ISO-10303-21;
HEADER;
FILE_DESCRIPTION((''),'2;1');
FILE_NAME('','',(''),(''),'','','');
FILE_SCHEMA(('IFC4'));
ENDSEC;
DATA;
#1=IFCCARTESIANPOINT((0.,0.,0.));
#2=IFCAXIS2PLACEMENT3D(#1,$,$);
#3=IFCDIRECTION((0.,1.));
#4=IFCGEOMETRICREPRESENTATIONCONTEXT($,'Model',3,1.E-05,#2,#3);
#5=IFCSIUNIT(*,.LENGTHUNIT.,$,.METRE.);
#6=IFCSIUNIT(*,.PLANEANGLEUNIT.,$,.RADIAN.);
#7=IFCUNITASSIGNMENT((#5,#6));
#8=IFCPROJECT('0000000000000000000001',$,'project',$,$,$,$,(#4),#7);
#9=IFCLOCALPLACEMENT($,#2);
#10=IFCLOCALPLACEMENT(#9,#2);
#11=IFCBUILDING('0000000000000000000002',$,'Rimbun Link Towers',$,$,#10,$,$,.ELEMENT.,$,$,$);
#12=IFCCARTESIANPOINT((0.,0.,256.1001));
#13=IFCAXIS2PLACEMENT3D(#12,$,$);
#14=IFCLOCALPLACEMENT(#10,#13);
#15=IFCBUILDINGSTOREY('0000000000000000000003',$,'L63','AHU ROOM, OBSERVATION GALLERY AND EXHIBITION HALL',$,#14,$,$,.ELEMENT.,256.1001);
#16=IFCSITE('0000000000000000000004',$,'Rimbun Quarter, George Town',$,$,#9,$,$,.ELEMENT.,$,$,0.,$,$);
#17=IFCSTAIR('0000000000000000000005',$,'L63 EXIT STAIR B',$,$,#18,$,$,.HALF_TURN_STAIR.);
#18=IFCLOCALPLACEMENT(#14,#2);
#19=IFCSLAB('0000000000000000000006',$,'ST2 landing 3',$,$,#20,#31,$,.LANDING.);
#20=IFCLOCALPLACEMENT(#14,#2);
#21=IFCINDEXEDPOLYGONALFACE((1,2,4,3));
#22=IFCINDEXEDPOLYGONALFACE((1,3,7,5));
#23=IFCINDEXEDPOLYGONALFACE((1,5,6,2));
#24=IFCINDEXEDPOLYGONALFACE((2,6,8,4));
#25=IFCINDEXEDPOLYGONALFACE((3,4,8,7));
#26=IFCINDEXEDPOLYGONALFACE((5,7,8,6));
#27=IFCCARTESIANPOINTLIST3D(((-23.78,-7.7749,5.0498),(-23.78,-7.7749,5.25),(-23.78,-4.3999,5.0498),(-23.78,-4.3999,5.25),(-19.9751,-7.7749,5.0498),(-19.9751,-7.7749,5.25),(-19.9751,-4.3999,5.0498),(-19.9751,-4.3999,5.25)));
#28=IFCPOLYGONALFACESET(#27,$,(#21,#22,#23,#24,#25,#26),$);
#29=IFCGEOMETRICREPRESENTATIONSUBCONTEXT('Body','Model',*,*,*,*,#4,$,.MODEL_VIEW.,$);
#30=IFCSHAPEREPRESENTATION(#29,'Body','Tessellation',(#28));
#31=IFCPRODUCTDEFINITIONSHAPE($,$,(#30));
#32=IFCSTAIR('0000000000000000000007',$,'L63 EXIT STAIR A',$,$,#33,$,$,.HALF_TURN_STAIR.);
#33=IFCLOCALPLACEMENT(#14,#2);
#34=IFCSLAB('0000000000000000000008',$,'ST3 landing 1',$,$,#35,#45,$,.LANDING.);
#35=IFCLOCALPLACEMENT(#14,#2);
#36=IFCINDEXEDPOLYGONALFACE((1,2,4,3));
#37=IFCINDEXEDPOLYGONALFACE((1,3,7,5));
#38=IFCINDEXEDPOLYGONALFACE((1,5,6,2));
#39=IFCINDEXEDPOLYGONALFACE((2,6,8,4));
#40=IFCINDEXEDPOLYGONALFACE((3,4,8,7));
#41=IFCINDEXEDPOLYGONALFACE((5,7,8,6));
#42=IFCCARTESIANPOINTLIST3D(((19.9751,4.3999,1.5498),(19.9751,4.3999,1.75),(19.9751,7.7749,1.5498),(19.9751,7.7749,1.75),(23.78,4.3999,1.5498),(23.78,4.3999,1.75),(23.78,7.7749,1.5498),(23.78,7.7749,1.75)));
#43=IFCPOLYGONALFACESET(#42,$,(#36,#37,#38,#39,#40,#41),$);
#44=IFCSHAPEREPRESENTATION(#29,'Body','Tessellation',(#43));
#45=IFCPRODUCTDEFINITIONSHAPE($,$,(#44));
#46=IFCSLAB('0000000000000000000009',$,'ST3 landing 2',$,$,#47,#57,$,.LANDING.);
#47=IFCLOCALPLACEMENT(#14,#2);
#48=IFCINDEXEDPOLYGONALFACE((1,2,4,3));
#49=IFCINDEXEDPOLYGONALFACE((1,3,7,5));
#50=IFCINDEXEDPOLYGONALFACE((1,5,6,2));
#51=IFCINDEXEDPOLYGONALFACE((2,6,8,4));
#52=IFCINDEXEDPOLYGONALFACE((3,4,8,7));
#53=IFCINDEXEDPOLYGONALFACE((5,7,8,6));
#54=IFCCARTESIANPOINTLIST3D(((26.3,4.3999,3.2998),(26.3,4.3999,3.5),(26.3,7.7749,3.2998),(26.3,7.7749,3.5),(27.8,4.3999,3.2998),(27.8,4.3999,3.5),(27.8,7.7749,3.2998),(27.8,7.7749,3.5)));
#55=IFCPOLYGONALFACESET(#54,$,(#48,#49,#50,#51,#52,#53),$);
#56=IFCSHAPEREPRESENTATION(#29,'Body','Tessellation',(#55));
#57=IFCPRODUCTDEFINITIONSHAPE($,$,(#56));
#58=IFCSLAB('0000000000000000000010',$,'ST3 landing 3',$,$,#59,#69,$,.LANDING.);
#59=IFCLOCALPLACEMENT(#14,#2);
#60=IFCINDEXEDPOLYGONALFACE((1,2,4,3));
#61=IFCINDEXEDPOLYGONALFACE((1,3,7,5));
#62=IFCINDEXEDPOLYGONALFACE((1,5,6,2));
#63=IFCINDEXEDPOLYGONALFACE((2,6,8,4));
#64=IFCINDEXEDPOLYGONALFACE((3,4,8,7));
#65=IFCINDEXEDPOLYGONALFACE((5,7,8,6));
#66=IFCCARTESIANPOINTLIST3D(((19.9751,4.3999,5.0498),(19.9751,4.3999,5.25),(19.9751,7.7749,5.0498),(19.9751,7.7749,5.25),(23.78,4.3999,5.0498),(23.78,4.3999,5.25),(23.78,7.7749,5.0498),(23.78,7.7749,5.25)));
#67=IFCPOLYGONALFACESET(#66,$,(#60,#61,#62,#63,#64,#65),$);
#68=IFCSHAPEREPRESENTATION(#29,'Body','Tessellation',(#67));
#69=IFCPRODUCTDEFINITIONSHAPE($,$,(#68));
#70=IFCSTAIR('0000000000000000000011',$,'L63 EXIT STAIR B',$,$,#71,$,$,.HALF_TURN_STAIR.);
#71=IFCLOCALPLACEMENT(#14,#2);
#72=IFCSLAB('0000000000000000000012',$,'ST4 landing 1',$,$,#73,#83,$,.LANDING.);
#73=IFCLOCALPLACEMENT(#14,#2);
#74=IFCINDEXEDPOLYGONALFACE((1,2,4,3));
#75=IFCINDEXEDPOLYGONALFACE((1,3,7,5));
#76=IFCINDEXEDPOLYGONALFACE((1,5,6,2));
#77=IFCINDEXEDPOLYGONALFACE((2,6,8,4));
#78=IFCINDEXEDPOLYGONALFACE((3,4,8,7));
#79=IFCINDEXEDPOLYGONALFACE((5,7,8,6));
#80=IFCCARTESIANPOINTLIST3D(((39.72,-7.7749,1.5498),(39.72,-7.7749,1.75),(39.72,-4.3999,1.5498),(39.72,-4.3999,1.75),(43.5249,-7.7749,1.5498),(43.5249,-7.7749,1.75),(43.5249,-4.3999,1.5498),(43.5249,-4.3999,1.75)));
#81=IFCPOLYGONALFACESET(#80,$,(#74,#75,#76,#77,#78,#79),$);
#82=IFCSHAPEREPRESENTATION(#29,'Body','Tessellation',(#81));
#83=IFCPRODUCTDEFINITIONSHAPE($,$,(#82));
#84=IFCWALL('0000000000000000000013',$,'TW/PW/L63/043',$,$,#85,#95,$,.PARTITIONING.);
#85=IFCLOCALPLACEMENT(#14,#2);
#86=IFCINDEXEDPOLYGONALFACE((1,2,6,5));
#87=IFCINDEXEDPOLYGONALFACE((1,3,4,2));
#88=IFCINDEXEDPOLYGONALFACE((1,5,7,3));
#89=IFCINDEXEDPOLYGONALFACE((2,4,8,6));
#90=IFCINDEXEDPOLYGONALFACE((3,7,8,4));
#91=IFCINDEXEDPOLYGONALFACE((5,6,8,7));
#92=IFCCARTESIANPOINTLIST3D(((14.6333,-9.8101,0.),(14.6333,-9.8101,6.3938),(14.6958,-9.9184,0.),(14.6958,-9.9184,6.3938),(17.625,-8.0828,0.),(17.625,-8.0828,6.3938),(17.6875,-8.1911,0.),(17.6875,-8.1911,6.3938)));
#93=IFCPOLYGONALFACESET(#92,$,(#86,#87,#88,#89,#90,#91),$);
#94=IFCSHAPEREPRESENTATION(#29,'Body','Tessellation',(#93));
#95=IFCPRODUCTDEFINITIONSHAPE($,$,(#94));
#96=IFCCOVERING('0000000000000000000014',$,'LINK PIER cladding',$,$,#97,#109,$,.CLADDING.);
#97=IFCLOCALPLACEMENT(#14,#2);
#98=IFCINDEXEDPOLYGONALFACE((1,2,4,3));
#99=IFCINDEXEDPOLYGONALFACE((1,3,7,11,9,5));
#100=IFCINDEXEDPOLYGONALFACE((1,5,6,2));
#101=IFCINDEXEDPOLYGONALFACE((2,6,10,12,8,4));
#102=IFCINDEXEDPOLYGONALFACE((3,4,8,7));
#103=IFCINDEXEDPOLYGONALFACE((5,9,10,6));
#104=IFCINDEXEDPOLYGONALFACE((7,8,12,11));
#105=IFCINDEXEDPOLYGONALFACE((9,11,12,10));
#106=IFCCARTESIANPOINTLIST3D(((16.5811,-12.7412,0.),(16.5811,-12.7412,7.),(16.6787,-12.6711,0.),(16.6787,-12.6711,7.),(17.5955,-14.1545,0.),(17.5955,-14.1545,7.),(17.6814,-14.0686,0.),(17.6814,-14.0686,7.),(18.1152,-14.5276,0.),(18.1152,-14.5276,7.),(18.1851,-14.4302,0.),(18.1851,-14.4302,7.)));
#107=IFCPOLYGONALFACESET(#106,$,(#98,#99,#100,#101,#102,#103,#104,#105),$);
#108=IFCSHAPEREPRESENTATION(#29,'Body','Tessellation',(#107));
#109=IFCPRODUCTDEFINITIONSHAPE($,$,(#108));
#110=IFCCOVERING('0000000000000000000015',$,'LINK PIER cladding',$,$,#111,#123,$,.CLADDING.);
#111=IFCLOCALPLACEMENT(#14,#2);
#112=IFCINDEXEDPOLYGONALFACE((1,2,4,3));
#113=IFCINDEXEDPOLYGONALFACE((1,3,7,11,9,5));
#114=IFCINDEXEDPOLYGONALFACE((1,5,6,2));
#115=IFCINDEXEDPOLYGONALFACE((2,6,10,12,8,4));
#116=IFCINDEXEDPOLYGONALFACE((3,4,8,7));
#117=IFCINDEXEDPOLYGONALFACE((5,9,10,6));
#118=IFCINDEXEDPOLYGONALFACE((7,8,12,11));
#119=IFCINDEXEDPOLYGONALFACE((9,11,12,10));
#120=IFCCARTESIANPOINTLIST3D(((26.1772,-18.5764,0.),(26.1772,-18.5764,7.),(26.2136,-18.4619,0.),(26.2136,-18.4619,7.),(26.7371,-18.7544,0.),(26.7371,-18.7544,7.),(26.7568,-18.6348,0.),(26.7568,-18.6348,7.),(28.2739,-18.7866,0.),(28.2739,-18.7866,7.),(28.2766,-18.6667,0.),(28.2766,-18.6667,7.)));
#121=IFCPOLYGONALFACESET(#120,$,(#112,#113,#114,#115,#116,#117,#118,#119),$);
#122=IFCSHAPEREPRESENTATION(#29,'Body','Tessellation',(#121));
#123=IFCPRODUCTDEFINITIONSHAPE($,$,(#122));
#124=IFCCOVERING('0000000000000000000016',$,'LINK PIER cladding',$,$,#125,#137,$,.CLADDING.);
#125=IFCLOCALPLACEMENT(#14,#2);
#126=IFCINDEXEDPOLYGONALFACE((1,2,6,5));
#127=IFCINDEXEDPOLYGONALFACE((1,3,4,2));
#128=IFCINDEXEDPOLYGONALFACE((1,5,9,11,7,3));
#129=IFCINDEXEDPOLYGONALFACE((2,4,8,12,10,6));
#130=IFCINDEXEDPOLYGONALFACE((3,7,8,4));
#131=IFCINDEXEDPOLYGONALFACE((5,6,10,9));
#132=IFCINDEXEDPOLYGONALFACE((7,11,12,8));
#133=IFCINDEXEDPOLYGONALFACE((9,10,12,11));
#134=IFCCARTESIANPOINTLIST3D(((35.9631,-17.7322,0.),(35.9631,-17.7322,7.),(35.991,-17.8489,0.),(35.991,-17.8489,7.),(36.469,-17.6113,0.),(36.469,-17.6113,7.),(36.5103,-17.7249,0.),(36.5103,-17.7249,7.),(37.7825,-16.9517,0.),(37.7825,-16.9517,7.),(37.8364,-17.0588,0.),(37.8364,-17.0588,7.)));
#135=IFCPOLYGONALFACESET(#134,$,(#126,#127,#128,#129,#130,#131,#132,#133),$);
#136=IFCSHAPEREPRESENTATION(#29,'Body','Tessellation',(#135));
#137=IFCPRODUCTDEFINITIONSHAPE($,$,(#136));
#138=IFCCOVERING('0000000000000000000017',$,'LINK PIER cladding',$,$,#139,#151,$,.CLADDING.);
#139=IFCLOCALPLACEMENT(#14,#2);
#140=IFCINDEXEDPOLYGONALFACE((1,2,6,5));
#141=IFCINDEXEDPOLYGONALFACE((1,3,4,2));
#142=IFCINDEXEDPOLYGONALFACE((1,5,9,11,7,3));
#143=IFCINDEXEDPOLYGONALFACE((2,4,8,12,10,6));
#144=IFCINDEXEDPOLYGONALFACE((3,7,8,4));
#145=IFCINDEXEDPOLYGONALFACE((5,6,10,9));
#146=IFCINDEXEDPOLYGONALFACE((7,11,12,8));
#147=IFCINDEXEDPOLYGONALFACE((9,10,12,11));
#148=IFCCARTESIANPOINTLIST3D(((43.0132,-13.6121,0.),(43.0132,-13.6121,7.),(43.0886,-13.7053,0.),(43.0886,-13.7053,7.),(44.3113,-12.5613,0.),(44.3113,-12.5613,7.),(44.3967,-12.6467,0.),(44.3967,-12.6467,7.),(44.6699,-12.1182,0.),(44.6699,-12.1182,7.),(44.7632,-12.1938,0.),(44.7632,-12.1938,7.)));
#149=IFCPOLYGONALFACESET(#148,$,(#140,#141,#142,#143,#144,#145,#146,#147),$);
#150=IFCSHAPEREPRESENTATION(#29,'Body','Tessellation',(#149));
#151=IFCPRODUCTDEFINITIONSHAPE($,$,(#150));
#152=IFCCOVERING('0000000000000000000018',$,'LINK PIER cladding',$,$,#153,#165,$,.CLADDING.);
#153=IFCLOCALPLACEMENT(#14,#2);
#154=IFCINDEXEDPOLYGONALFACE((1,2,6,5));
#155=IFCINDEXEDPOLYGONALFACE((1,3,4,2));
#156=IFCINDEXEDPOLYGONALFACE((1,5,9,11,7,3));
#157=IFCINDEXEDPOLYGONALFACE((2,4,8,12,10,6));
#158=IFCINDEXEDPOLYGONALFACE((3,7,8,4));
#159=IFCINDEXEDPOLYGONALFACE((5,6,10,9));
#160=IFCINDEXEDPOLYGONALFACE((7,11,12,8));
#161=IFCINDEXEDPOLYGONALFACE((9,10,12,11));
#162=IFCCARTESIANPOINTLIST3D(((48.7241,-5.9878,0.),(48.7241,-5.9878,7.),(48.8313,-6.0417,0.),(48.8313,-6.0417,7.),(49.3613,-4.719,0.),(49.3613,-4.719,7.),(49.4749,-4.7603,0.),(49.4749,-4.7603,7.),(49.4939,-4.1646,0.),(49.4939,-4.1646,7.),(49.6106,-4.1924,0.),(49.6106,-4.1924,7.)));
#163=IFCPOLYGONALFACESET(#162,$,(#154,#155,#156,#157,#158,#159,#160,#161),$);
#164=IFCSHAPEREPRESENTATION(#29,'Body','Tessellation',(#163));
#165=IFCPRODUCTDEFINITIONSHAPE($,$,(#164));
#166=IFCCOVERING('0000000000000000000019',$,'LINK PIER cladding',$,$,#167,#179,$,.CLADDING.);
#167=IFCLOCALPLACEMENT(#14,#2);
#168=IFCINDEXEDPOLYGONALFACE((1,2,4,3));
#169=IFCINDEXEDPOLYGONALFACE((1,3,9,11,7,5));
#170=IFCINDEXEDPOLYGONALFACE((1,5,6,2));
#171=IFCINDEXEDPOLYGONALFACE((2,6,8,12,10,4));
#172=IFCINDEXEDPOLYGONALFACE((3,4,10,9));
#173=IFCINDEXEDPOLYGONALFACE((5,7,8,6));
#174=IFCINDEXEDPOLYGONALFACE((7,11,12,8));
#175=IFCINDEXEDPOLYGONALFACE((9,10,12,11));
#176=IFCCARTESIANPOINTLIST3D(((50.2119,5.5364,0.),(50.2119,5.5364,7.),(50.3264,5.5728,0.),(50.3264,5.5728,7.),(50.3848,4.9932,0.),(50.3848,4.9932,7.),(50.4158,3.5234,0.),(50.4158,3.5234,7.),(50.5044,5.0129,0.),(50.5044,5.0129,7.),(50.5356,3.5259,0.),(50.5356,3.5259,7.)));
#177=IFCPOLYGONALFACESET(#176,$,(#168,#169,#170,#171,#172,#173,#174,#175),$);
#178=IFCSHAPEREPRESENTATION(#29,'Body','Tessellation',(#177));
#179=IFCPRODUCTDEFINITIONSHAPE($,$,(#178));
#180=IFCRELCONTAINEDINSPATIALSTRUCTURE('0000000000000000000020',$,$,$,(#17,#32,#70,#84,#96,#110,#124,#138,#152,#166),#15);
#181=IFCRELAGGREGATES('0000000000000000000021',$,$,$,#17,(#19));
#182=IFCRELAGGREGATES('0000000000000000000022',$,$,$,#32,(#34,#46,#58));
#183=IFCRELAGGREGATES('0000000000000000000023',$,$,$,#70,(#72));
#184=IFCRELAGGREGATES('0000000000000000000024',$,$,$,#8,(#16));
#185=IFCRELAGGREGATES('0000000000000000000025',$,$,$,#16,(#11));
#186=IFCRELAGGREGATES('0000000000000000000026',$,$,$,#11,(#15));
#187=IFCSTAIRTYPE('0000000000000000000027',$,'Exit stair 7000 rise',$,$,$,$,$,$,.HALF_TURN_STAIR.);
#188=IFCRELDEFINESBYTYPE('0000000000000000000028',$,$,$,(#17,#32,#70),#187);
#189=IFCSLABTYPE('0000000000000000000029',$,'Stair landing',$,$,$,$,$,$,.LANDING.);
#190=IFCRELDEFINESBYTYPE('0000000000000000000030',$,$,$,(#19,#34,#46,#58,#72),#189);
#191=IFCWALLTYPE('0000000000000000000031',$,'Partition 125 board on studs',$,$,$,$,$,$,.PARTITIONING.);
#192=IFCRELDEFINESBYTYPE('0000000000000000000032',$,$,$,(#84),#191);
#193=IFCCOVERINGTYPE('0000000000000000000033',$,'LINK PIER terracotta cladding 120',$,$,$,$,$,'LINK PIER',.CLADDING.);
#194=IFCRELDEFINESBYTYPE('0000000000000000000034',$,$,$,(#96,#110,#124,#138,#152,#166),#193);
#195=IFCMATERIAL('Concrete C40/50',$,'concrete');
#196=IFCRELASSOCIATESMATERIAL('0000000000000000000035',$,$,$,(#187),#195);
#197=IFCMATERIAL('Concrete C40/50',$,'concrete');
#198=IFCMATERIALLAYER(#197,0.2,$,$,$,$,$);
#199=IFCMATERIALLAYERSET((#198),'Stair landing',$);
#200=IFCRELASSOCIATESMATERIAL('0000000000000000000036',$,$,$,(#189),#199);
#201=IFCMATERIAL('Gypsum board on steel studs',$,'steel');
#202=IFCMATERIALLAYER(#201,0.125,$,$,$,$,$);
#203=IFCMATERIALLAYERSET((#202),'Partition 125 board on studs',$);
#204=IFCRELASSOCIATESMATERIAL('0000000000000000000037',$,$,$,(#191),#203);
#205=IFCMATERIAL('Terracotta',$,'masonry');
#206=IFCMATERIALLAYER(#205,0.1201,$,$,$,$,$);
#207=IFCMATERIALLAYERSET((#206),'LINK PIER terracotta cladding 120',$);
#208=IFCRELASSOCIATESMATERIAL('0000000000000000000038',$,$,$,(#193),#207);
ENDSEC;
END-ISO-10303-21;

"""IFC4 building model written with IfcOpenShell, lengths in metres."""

from ifc_helpers import new_model, si_unit, direction, frame, frame_2d, origin, place, context, subcontext, project, spatial, polyline, rectangle, outline, extrude, material, layer, layer_set, type_object, element, aggregate, save


model = new_model("IFC4")

# Units and contexts
model_context = context("Model", 3, precision=1e-05, world=origin(), true_north=direction((0.0, 1.0)))
body_context = subcontext(model_context, "Body", "Model", "MODEL_VIEW")
ifc_project = project(units=[si_unit("LENGTHUNIT", "METRE"), si_unit("PLANEANGLEUNIT", "RADIAN")], contexts=[model_context])

# Site, building, storey
site_placement = place(None, origin())
site = spatial("IfcSite", under=ifc_project, at=site_placement, Name="Rimbun Quarter, George Town", CompositionType="ELEMENT", RefElevation=0.0)
building_placement = place(site_placement, origin())
building = spatial("IfcBuilding", under=site, at=building_placement, Name="Rimbun Link Towers", CompositionType="ELEMENT")
storey_placement = place(building_placement, frame((0.0, 0.0, 256.1001)))
storey = spatial("IfcBuildingStorey", under=building, at=storey_placement, Name="L63", Description="AHU ROOM, OBSERVATION GALLERY AND EXHIBITION HALL", CompositionType="ELEMENT", Elevation=256.1001)

# Stairs, slabs
ifc_material_1 = material(Name="Concrete C40/50", Category="concrete")
stair_type = type_object("IfcStairType", Name="Exit stair 7000 rise", PredefinedType="HALF_TURN_STAIR", material=ifc_material_1)
ifc_material_2 = material(Name="Concrete C40/50", Category="concrete")
ifc_layer_1 = layer(ifc_material_2, 0.2)
ifc_layer_set_1 = layer_set([ifc_layer_1], Name="Stair landing")
slab_type = type_object("IfcSlabType", Name="Stair landing", PredefinedType="LANDING", material=ifc_layer_set_1)
stair_1_placement = place(storey_placement, origin())
stair_1 = element("IfcStair", 1, at=stair_1_placement, inside=storey, type_object=stair_type, Name="L63 EXIT STAIR B", PredefinedType="HALF_TURN_STAIR")
slab_1_placement = place(storey_placement, frame((0.0, 0.0, 5.0498)))
slab_1 = element("IfcSlab", 2, at=slab_1_placement, type_object=slab_type, Name="ST2 landing 3", PredefinedType="LANDING", context=body_context, shape_type="SweptSolid", body=[
    extrude(outline(polyline([(-23.78, -7.7749), (-19.9751, -7.7749), (-19.9751, -4.3999), (-23.78, -4.3999), (-23.78, -7.7749)])), origin(), (0.0, 0.0, 1.0), 0.2002),
])
aggregate(stair_1, [slab_1])
stair_2_placement = place(storey_placement, origin())
stair_2 = element("IfcStair", 3, at=stair_2_placement, inside=storey, type_object=stair_type, Name="L63 EXIT STAIR A", PredefinedType="HALF_TURN_STAIR")
slab_2_placement = place(storey_placement, frame((0.0, 0.0, 1.5498)))
slab_2 = element("IfcSlab", 4, at=slab_2_placement, type_object=slab_type, Name="ST3 landing 1", PredefinedType="LANDING", context=body_context, shape_type="SweptSolid", body=[
    extrude(outline(polyline([(23.78, 7.7749), (19.9751, 7.7749), (19.9751, 4.3999), (23.78, 4.3999), (23.78, 7.7749)])), origin(), (0.0, 0.0, 1.0), 0.2002),
])
slab_3_placement = place(storey_placement, frame((0.0, 0.0, 3.2998)))
slab_3 = element("IfcSlab", 5, at=slab_3_placement, type_object=slab_type, Name="ST3 landing 2", PredefinedType="LANDING", context=body_context, shape_type="SweptSolid", body=[
    extrude(outline(polyline([(27.8, 7.7749), (26.3, 7.7749), (26.3, 4.3999), (27.8, 4.3999), (27.8, 7.7749)])), origin(), (0.0, 0.0, 1.0), 0.2002),
])
slab_4_placement = place(storey_placement, frame((0.0, 0.0, 5.0498)))
slab_4 = element("IfcSlab", 6, at=slab_4_placement, type_object=slab_type, Name="ST3 landing 3", PredefinedType="LANDING", context=body_context, shape_type="SweptSolid", body=[
    extrude(outline(polyline([(23.78, 7.7749), (19.9751, 7.7749), (19.9751, 4.3999), (23.78, 4.3999), (23.78, 7.7749)])), origin(), (0.0, 0.0, 1.0), 0.2002),
])
aggregate(stair_2, [slab_2, slab_3, slab_4])

# Stair, slab
stair_3_placement = place(storey_placement, origin())
stair_3 = element("IfcStair", 7, at=stair_3_placement, inside=storey, type_object=stair_type, Name="L63 EXIT STAIR B", PredefinedType="HALF_TURN_STAIR")
slab_5_placement = place(storey_placement, frame((0.0, 0.0, 1.5498)))
slab_5 = element("IfcSlab", 8, at=slab_5_placement, type_object=slab_type, Name="ST4 landing 1", PredefinedType="LANDING", context=body_context, shape_type="SweptSolid", body=[
    extrude(outline(polyline([(39.72, -7.7749), (43.5249, -7.7749), (43.5249, -4.3999), (39.72, -4.3999), (39.72, -7.7749)])), origin(), (0.0, 0.0, 1.0), 0.2002),
])
aggregate(stair_3, [slab_5])

# Wall
ifc_material_3 = material(Name="Gypsum board on steel studs", Category="steel")
ifc_layer_2 = layer(ifc_material_3, 0.125)
ifc_layer_set_2 = layer_set([ifc_layer_2], Name="Partition 125 board on studs")
wall_type = type_object("IfcWallType", Name="Partition 125 board on studs", PredefinedType="PARTITIONING", material=ifc_layer_set_2)
wall_placement = place(storey_placement, frame((14.6646, -9.8643, 0.0), z_axis=(0.0, 0.0, 1.0), x_axis=(0.866021, 0.500008, 0.0)))
element("IfcWall", 9, at=wall_placement, inside=storey, type_object=wall_type, Name="TW/PW/L63/043", PredefinedType="PARTITIONING", context=body_context, shape_type="SweptSolid", body=[
    extrude(rectangle(XDim=3.4546, YDim=0.125, at=frame_2d((1.7273, 0.0))), origin(), (0.0, 0.0, 1.0), 6.3938),
])

# Coverings
ifc_material_4 = material(Name="Terracotta", Category="masonry")
ifc_layer_3 = layer(ifc_material_4, 0.1201)
ifc_layer_set_3 = layer_set([ifc_layer_3], Name="LINK PIER terracotta cladding 120")
covering_type = type_object("IfcCoveringType", Name="LINK PIER terracotta cladding 120", ElementType="LINK PIER", PredefinedType="CLADDING", material=ifc_layer_set_3)
covering_1_placement = place(storey_placement, origin())
element("IfcCovering", 10, at=covering_1_placement, inside=storey, type_object=covering_type, Name="LINK PIER cladding", PredefinedType="CLADDING", context=body_context, shape_type="SweptSolid", body=[
    extrude(outline(polyline([(18.1851, -14.4302), (17.6814, -14.0686), (16.6787, -12.6711), (16.5811, -12.7412), (17.5955, -14.1545), (18.1152, -14.5276), (18.1851, -14.4302)])), origin(), (0.0, 0.0, 1.0), 7.0),
])
covering_2_placement = place(storey_placement, origin())
element("IfcCovering", 11, at=covering_2_placement, inside=storey, type_object=covering_type, Name="LINK PIER cladding", PredefinedType="CLADDING", context=body_context, shape_type="SweptSolid", body=[
    extrude(outline(polyline([(28.2766, -18.6667), (26.7568, -18.6348), (26.2136, -18.4619), (26.1772, -18.5764), (26.7371, -18.7544), (28.2739, -18.7866), (28.2766, -18.6667)])), origin(), (0.0, 0.0, 1.0), 7.0),
])
covering_3_placement = place(storey_placement, origin())
element("IfcCovering", 12, at=covering_3_placement, inside=storey, type_object=covering_type, Name="LINK PIER cladding", PredefinedType="CLADDING", context=body_context, shape_type="SweptSolid", body=[
    extrude(outline(polyline([(37.7825, -16.9517), (36.469, -17.6113), (35.9631, -17.7322), (35.991, -17.8489), (36.5103, -17.7249), (37.8364, -17.0588), (37.7825, -16.9517)])), origin(), (0.0, 0.0, 1.0), 7.0),
])
covering_4_placement = place(storey_placement, origin())
element("IfcCovering", 13, at=covering_4_placement, inside=storey, type_object=covering_type, Name="LINK PIER cladding", PredefinedType="CLADDING", context=body_context, shape_type="SweptSolid", body=[
    extrude(outline(polyline([(44.6699, -12.1182), (44.3113, -12.5613), (43.0132, -13.6121), (43.0886, -13.7053), (44.3967, -12.6467), (44.7632, -12.1938), (44.6699, -12.1182)])), origin(), (0.0, 0.0, 1.0), 7.0),
])
covering_5_placement = place(storey_placement, origin())
element("IfcCovering", 14, at=covering_5_placement, inside=storey, type_object=covering_type, Name="LINK PIER cladding", PredefinedType="CLADDING", context=body_context, shape_type="SweptSolid", body=[
    extrude(outline(polyline([(49.4939, -4.1646), (49.3613, -4.719), (48.7241, -5.9878), (48.8313, -6.0417), (49.4749, -4.7603), (49.6106, -4.1924), (49.4939, -4.1646)])), origin(), (0.0, 0.0, 1.0), 7.0),
])
covering_6_placement = place(storey_placement, origin())
element("IfcCovering", 15, at=covering_6_placement, inside=storey, type_object=covering_type, Name="LINK PIER cladding", PredefinedType="CLADDING", context=body_context, shape_type="SweptSolid", body=[
    extrude(outline(polyline([(50.2119, 5.5364), (50.3848, 4.9932), (50.4158, 3.5234), (50.5356, 3.5259), (50.5044, 5.0129), (50.3264, 5.5728), (50.2119, 5.5364)])), origin(), (0.0, 0.0, 1.0), 7.0),
])

save(model, "model.ifc")
